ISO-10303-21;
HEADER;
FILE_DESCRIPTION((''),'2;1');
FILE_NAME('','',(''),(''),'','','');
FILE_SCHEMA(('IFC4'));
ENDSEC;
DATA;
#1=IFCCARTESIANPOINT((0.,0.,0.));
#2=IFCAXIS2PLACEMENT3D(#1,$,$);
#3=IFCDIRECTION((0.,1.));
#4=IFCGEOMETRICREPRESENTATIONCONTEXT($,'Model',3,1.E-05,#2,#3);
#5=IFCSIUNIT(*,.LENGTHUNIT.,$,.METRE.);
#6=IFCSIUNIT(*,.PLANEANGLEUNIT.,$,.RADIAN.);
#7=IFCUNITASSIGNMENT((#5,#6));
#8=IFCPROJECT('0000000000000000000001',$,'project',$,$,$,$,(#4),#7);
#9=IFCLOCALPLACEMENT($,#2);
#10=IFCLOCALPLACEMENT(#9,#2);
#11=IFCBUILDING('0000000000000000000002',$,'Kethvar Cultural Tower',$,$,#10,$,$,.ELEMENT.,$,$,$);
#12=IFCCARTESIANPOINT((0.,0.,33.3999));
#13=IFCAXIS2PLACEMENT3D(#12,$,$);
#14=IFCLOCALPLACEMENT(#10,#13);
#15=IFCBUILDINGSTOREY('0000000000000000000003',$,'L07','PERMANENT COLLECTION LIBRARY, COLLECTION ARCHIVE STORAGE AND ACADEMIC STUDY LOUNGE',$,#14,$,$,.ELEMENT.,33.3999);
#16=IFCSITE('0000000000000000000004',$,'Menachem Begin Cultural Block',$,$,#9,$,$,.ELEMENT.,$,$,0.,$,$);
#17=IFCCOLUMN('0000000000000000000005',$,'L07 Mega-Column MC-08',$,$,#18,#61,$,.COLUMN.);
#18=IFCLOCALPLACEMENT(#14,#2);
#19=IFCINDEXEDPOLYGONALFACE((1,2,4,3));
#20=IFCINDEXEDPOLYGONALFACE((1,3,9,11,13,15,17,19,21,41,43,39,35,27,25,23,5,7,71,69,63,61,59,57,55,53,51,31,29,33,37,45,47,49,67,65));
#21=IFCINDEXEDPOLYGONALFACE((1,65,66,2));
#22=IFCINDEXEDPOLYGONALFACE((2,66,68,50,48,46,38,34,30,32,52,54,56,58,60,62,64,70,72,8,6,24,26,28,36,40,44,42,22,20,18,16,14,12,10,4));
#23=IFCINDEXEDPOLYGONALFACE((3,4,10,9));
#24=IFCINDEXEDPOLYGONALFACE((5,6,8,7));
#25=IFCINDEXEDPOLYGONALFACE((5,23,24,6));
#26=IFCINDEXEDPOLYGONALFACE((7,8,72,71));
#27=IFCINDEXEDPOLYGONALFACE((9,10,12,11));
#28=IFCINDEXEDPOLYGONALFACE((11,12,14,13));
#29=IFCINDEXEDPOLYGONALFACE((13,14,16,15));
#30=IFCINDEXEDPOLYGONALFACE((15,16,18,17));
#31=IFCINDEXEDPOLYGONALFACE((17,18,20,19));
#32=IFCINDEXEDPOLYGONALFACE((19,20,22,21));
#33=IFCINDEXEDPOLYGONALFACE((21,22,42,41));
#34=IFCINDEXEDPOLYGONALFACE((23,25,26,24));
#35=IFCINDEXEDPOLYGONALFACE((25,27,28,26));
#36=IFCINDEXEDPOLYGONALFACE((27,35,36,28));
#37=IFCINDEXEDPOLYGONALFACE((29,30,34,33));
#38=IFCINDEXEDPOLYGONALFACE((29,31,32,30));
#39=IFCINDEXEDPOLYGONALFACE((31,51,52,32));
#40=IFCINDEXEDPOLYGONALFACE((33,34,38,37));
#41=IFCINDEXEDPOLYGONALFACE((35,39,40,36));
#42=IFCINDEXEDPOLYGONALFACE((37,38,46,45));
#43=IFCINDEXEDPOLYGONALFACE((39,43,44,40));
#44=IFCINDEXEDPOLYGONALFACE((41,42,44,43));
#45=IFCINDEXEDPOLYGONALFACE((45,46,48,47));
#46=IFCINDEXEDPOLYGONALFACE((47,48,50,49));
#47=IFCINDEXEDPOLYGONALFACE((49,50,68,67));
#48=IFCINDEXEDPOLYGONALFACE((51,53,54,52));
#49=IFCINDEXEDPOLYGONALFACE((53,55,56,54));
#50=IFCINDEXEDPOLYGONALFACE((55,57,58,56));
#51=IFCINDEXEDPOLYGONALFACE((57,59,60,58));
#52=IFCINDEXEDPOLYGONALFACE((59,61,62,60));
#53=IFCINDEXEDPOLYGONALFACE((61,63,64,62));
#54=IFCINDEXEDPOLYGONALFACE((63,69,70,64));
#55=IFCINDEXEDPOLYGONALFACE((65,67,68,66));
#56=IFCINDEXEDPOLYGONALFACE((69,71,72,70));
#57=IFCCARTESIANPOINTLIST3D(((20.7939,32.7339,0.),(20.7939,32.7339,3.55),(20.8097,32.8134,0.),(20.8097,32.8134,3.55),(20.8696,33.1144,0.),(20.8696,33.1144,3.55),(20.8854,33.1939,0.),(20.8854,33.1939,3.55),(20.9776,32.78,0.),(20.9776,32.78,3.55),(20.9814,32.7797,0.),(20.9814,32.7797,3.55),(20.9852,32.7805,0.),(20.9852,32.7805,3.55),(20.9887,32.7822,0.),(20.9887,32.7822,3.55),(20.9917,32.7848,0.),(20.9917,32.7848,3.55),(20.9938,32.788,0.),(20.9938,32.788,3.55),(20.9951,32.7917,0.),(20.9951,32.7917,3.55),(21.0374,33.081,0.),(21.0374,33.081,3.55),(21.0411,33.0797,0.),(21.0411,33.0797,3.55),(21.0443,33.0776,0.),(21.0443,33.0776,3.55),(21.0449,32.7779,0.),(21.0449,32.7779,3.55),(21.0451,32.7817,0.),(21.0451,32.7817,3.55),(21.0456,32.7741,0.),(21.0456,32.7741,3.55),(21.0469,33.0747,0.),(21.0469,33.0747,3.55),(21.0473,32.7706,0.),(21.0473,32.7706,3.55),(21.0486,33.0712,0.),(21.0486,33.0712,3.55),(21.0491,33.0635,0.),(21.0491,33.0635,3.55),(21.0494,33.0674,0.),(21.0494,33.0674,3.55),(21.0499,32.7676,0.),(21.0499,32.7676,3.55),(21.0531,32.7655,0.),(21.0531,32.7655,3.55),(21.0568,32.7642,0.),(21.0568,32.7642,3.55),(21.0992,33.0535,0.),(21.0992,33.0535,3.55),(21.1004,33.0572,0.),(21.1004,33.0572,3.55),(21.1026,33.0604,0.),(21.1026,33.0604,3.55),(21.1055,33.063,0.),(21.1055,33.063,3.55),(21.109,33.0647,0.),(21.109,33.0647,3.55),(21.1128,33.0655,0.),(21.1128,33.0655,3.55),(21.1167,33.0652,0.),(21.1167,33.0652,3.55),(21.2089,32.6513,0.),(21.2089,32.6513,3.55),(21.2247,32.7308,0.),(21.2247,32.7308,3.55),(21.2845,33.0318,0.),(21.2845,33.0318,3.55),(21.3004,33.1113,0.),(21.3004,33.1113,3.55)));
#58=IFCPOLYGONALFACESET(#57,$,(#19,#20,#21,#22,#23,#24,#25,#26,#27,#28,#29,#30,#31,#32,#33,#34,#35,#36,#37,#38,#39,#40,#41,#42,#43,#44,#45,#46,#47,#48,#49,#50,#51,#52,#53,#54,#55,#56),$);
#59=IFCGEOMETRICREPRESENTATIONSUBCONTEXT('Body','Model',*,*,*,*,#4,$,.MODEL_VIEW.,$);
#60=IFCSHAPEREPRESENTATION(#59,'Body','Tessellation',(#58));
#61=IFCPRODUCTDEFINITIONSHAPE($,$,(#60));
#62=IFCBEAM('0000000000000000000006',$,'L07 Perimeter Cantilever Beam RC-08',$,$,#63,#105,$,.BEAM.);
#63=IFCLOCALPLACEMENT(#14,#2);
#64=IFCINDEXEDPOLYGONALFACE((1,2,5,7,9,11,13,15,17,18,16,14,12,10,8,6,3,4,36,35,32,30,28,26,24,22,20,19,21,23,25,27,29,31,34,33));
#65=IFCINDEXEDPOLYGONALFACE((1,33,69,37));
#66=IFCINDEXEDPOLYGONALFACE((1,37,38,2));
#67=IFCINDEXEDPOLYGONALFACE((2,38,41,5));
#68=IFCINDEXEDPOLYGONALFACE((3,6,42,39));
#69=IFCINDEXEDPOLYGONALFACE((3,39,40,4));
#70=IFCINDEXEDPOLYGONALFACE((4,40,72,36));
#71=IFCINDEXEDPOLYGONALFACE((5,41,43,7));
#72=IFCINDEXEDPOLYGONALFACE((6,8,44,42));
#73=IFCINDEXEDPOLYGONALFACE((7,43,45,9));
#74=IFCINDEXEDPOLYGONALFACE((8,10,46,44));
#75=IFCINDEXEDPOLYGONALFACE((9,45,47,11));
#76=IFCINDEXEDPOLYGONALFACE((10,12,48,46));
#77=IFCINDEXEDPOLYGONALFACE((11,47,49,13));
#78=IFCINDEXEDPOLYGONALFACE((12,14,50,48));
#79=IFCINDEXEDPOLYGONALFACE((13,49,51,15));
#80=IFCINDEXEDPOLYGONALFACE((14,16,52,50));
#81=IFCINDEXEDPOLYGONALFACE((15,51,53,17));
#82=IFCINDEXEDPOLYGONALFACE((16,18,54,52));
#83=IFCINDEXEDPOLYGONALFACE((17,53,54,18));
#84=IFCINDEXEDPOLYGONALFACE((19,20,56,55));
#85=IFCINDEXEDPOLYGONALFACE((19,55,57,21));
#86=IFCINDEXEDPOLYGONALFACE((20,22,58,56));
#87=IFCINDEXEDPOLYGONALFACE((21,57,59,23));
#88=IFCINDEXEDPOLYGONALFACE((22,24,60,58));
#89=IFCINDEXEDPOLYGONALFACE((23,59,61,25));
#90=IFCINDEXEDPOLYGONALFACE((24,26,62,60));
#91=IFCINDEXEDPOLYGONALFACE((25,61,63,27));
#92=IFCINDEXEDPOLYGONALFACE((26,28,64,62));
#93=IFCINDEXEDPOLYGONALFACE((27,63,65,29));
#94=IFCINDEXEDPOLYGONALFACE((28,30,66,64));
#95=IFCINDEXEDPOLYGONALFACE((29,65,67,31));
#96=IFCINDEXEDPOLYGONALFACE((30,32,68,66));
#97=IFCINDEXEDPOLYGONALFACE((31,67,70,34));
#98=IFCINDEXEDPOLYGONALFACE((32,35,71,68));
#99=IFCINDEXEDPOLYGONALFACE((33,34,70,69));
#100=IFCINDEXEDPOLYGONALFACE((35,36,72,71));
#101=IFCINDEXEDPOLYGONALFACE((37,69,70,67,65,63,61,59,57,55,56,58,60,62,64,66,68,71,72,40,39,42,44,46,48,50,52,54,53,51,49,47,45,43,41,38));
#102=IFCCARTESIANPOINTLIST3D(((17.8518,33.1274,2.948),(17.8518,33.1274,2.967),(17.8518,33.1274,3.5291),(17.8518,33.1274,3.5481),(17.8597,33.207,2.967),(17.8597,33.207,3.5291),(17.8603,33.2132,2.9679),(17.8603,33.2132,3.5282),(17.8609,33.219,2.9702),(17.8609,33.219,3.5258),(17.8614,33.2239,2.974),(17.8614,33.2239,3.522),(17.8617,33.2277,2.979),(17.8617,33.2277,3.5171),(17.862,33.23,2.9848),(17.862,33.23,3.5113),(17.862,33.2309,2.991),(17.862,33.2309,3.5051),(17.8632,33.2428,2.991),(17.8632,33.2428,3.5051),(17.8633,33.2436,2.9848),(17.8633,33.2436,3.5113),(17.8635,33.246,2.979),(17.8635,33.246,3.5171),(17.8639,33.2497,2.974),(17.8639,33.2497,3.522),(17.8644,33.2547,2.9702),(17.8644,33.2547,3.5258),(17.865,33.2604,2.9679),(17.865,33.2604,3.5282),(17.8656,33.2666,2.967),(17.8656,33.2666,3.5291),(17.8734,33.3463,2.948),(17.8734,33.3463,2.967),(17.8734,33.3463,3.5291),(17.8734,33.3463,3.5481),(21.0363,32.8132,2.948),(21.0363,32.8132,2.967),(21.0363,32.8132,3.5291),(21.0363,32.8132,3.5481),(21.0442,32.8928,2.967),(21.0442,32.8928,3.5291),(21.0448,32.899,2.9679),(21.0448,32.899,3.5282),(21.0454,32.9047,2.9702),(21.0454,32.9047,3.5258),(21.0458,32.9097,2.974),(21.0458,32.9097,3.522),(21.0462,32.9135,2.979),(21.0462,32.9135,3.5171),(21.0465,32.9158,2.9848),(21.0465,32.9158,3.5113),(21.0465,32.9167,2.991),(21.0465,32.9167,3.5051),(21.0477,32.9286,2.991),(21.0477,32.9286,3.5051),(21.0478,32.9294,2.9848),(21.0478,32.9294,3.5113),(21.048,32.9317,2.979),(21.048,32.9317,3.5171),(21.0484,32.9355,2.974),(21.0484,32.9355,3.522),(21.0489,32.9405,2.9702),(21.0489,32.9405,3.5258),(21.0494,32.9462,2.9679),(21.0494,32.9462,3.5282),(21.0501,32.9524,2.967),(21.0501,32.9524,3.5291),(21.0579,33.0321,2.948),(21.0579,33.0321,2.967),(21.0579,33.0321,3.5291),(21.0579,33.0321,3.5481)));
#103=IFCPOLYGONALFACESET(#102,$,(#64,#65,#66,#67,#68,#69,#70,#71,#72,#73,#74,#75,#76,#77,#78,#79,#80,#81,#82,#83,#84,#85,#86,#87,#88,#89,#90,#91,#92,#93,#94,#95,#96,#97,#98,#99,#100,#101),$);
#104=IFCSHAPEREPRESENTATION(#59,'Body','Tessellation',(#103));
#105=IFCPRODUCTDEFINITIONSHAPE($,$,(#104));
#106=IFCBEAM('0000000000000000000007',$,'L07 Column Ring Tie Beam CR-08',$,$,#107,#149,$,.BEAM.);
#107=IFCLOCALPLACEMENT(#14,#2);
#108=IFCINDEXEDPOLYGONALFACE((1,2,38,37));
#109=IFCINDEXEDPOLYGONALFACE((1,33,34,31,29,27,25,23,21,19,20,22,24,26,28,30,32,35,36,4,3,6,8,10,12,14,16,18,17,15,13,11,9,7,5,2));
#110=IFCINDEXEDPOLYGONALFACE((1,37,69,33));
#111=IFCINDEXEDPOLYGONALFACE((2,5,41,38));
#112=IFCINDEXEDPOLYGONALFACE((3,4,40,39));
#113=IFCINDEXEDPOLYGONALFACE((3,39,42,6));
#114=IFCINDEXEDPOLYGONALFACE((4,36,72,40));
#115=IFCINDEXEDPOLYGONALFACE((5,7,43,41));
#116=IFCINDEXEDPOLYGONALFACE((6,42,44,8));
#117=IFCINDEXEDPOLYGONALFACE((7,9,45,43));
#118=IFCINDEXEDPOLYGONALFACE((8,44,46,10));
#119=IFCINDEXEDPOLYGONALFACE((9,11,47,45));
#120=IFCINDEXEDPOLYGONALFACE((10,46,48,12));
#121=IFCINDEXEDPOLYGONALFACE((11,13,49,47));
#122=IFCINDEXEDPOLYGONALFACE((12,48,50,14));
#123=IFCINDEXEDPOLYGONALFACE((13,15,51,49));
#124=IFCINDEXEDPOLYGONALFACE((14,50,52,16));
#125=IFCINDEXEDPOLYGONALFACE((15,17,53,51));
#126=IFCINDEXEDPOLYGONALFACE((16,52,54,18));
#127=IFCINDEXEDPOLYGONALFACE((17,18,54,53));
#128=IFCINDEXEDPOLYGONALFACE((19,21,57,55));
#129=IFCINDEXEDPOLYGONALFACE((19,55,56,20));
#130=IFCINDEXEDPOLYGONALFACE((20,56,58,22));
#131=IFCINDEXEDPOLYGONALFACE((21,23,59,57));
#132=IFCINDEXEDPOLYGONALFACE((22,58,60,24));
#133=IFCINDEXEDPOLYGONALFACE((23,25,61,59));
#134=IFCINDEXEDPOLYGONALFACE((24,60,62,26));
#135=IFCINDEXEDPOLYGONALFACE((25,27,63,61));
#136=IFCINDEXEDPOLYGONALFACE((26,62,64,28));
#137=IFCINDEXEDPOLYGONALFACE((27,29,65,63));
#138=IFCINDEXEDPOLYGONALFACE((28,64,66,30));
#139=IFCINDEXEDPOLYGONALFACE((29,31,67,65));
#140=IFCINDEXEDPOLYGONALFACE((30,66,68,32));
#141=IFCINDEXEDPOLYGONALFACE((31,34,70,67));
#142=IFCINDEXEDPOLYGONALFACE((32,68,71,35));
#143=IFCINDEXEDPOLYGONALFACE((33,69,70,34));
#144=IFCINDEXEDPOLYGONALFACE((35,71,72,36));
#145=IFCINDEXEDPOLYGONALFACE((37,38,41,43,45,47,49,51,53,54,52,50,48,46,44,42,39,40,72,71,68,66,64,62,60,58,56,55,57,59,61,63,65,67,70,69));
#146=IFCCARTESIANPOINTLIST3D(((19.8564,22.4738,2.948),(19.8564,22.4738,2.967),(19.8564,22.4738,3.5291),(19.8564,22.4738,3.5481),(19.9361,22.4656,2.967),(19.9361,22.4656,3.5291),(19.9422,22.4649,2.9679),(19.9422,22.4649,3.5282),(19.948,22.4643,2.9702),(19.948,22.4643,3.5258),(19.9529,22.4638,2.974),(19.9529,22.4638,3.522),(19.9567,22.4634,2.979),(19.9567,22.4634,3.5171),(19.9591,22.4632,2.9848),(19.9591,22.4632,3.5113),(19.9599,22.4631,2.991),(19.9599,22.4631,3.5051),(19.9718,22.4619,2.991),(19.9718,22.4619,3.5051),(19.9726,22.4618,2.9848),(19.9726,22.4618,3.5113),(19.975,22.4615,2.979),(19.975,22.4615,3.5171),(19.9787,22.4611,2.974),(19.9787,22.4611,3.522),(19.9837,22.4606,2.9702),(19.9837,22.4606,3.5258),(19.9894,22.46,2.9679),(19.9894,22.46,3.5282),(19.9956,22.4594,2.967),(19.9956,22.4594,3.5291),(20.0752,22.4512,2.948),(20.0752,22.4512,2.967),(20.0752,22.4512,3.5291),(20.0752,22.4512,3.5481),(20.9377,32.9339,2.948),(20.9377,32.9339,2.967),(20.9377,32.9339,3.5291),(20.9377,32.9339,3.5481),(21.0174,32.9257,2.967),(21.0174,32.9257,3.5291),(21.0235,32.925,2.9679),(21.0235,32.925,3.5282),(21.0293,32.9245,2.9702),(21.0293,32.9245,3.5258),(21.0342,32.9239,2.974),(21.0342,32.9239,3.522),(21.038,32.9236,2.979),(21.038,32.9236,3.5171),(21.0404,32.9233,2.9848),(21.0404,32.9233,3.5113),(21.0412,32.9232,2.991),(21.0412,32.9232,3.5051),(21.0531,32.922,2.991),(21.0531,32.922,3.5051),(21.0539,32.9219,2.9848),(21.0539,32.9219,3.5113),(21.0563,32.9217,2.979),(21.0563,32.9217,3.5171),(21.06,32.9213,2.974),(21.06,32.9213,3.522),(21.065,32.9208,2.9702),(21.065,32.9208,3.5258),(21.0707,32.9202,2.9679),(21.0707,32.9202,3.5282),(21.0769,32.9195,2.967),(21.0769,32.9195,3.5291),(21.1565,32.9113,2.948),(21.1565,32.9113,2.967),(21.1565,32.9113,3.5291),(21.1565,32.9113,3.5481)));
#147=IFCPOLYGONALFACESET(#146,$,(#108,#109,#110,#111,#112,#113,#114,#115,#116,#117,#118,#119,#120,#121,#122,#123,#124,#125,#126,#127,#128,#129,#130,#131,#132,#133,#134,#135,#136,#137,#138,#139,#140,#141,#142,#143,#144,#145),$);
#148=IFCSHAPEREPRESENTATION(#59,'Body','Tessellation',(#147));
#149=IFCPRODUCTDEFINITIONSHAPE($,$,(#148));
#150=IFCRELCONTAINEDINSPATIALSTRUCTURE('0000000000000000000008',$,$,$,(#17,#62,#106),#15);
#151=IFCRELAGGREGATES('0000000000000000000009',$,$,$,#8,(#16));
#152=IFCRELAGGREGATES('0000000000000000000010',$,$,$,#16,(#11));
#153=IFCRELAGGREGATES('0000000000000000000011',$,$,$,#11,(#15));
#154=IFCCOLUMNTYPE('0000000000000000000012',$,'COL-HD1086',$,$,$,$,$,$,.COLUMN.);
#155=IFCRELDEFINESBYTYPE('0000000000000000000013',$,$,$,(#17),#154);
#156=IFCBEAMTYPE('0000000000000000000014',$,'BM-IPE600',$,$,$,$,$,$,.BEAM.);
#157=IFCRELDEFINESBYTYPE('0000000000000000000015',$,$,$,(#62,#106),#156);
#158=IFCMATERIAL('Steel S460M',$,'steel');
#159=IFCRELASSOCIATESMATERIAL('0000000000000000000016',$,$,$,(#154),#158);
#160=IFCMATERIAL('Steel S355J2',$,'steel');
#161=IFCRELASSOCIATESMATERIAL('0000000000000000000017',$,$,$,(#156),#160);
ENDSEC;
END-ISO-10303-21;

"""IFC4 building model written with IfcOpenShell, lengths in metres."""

from ifc_helpers import new_model, si_unit, direction, frame, origin, origin_2d, place, context, subcontext, project, spatial, i_section, extrude, source, transform, mapped, material, material_profile, profile_set, type_object, element, save


model = new_model("IFC4")

# Units and contexts
model_context = context("Model", 3, precision=1e-05, world=origin(), true_north=direction((0.0, 1.0)))
body_context = subcontext(model_context, "Body", "Model", "MODEL_VIEW")
ifc_project = project(units=[si_unit("LENGTHUNIT", "METRE"), si_unit("PLANEANGLEUNIT", "RADIAN")], contexts=[model_context])

# Site, building, storey
site_placement = place(None, origin())
site = spatial("IfcSite", under=ifc_project, at=site_placement, Name="Menachem Begin Cultural Block", CompositionType="ELEMENT", RefElevation=0.0)
building_placement = place(site_placement, origin())
building = spatial("IfcBuilding", under=site, at=building_placement, Name="Kethvar Cultural Tower", CompositionType="ELEMENT")
storey_placement = place(building_placement, frame((0.0, 0.0, 33.3999)))
storey = spatial("IfcBuildingStorey", under=building, at=storey_placement, Name="L07", Description="PERMANENT COLLECTION LIBRARY, COLLECTION ARCHIVE STORAGE AND ACADEMIC STUDY LOUNGE", CompositionType="ELEMENT", Elevation=33.3999)

# Column
ifc_material_1 = material(Name="Steel S460M", Category="steel")
ifc_material_profile_1 = material_profile(ifc_material_1, i_section(OverallWidth=0.4231, OverallDepth=0.469, WebThickness=0.051, FlangeThickness=0.0811, FilletRadius=0.0149, at=origin_2d()), Name="Steel S460M — HD400x1086")
ifc_profile_set_1 = profile_set([ifc_material_profile_1], Name="Steel S460M — HD400x1086")
column_type = type_object("IfcColumnType", Name="COL-HD1086", PredefinedType="COLUMN", material=ifc_profile_set_1)
shared_shape_1 = source(origin(), body_context, "Body", "SweptSolid", [
    extrude(i_section(OverallWidth=0.4231, OverallDepth=0.469, WebThickness=0.051, FlangeThickness=0.0811, FilletRadius=0.0149, at=origin_2d()), origin(), (0.0, 0.0, 1.0), 3.55),
])
column_placement = place(storey_placement, frame((21.0471, 32.9226, 0.0), z_axis=(0.0, 0.0, 1.0), x_axis=(-0.980785, 0.19509, 0.0)))
element("IfcColumn", 1, at=column_placement, inside=storey, type_object=column_type, Name="L07 Mega-Column MC-08", PredefinedType="COLUMN", context=body_context, shape_type="MappedRepresentation", body=[
    mapped(shared_shape_1, transform((0.0, 0.0, 0.0), scale=1.0)),
])

# Beams
ifc_material_2 = material(Name="Steel S355J2", Category="steel")
ifc_material_profile_2 = material_profile(ifc_material_2, i_section(OverallWidth=0.22, OverallDepth=0.6001, WebThickness=0.012, FlangeThickness=0.019, FilletRadius=0.0239, at=origin_2d()), Name="Steel S355J2 — IPE600")
ifc_profile_set_2 = profile_set([ifc_material_profile_2], Name="Steel S355J2 — IPE600")
beam_type_1 = type_object("IfcBeamType", Name="BM-IPE600", PredefinedType="BEAM", material=ifc_profile_set_2)
shared_shape_2 = source(origin(), body_context, "Body", "SweptSolid", [
    extrude(i_section(OverallWidth=0.22, OverallDepth=0.6001, WebThickness=0.012, FlangeThickness=0.019, FilletRadius=0.0239, at=origin_2d()), origin(), (0.0, 0.0, 1.0), 3.2),
])
beam_1_placement = place(storey_placement, frame((21.0471, 32.9226, 3.248), z_axis=(-0.995168, 0.098189, 0.0), x_axis=(-0.098189, -0.995168, 0.0)))
element("IfcBeam", 2, at=beam_1_placement, inside=storey, type_object=beam_type_1, Name="L07 Perimeter Cantilever Beam RC-08", PredefinedType="BEAM", context=body_context, shape_type="MappedRepresentation", body=[
    mapped(shared_shape_2, transform((0.0, 0.0, 0.0), scale=1.0)),
])
shared_shape_3 = source(origin(), body_context, "Body", "SweptSolid", [
    extrude(i_section(OverallWidth=0.22, OverallDepth=0.6001, WebThickness=0.012, FlangeThickness=0.019, FilletRadius=0.0239, at=origin_2d()), origin(), (0.0, 0.0, 1.0), 10.5159),
])
beam_2_placement = place(storey_placement, frame((21.0471, 32.9226, 3.248), z_axis=(-0.102825, -0.994699, 0.0), x_axis=(0.994699, -0.102825, 0.0)))
element("IfcBeam", 3, at=beam_2_placement, inside=storey, type_object=beam_type_1, Name="L07 Column Ring Tie Beam CR-08", PredefinedType="BEAM", context=body_context, shape_type="MappedRepresentation", body=[
    mapped(shared_shape_3, transform((0.0, 0.0, 0.0), scale=1.0)),
])

save(model, "model.ifc")
